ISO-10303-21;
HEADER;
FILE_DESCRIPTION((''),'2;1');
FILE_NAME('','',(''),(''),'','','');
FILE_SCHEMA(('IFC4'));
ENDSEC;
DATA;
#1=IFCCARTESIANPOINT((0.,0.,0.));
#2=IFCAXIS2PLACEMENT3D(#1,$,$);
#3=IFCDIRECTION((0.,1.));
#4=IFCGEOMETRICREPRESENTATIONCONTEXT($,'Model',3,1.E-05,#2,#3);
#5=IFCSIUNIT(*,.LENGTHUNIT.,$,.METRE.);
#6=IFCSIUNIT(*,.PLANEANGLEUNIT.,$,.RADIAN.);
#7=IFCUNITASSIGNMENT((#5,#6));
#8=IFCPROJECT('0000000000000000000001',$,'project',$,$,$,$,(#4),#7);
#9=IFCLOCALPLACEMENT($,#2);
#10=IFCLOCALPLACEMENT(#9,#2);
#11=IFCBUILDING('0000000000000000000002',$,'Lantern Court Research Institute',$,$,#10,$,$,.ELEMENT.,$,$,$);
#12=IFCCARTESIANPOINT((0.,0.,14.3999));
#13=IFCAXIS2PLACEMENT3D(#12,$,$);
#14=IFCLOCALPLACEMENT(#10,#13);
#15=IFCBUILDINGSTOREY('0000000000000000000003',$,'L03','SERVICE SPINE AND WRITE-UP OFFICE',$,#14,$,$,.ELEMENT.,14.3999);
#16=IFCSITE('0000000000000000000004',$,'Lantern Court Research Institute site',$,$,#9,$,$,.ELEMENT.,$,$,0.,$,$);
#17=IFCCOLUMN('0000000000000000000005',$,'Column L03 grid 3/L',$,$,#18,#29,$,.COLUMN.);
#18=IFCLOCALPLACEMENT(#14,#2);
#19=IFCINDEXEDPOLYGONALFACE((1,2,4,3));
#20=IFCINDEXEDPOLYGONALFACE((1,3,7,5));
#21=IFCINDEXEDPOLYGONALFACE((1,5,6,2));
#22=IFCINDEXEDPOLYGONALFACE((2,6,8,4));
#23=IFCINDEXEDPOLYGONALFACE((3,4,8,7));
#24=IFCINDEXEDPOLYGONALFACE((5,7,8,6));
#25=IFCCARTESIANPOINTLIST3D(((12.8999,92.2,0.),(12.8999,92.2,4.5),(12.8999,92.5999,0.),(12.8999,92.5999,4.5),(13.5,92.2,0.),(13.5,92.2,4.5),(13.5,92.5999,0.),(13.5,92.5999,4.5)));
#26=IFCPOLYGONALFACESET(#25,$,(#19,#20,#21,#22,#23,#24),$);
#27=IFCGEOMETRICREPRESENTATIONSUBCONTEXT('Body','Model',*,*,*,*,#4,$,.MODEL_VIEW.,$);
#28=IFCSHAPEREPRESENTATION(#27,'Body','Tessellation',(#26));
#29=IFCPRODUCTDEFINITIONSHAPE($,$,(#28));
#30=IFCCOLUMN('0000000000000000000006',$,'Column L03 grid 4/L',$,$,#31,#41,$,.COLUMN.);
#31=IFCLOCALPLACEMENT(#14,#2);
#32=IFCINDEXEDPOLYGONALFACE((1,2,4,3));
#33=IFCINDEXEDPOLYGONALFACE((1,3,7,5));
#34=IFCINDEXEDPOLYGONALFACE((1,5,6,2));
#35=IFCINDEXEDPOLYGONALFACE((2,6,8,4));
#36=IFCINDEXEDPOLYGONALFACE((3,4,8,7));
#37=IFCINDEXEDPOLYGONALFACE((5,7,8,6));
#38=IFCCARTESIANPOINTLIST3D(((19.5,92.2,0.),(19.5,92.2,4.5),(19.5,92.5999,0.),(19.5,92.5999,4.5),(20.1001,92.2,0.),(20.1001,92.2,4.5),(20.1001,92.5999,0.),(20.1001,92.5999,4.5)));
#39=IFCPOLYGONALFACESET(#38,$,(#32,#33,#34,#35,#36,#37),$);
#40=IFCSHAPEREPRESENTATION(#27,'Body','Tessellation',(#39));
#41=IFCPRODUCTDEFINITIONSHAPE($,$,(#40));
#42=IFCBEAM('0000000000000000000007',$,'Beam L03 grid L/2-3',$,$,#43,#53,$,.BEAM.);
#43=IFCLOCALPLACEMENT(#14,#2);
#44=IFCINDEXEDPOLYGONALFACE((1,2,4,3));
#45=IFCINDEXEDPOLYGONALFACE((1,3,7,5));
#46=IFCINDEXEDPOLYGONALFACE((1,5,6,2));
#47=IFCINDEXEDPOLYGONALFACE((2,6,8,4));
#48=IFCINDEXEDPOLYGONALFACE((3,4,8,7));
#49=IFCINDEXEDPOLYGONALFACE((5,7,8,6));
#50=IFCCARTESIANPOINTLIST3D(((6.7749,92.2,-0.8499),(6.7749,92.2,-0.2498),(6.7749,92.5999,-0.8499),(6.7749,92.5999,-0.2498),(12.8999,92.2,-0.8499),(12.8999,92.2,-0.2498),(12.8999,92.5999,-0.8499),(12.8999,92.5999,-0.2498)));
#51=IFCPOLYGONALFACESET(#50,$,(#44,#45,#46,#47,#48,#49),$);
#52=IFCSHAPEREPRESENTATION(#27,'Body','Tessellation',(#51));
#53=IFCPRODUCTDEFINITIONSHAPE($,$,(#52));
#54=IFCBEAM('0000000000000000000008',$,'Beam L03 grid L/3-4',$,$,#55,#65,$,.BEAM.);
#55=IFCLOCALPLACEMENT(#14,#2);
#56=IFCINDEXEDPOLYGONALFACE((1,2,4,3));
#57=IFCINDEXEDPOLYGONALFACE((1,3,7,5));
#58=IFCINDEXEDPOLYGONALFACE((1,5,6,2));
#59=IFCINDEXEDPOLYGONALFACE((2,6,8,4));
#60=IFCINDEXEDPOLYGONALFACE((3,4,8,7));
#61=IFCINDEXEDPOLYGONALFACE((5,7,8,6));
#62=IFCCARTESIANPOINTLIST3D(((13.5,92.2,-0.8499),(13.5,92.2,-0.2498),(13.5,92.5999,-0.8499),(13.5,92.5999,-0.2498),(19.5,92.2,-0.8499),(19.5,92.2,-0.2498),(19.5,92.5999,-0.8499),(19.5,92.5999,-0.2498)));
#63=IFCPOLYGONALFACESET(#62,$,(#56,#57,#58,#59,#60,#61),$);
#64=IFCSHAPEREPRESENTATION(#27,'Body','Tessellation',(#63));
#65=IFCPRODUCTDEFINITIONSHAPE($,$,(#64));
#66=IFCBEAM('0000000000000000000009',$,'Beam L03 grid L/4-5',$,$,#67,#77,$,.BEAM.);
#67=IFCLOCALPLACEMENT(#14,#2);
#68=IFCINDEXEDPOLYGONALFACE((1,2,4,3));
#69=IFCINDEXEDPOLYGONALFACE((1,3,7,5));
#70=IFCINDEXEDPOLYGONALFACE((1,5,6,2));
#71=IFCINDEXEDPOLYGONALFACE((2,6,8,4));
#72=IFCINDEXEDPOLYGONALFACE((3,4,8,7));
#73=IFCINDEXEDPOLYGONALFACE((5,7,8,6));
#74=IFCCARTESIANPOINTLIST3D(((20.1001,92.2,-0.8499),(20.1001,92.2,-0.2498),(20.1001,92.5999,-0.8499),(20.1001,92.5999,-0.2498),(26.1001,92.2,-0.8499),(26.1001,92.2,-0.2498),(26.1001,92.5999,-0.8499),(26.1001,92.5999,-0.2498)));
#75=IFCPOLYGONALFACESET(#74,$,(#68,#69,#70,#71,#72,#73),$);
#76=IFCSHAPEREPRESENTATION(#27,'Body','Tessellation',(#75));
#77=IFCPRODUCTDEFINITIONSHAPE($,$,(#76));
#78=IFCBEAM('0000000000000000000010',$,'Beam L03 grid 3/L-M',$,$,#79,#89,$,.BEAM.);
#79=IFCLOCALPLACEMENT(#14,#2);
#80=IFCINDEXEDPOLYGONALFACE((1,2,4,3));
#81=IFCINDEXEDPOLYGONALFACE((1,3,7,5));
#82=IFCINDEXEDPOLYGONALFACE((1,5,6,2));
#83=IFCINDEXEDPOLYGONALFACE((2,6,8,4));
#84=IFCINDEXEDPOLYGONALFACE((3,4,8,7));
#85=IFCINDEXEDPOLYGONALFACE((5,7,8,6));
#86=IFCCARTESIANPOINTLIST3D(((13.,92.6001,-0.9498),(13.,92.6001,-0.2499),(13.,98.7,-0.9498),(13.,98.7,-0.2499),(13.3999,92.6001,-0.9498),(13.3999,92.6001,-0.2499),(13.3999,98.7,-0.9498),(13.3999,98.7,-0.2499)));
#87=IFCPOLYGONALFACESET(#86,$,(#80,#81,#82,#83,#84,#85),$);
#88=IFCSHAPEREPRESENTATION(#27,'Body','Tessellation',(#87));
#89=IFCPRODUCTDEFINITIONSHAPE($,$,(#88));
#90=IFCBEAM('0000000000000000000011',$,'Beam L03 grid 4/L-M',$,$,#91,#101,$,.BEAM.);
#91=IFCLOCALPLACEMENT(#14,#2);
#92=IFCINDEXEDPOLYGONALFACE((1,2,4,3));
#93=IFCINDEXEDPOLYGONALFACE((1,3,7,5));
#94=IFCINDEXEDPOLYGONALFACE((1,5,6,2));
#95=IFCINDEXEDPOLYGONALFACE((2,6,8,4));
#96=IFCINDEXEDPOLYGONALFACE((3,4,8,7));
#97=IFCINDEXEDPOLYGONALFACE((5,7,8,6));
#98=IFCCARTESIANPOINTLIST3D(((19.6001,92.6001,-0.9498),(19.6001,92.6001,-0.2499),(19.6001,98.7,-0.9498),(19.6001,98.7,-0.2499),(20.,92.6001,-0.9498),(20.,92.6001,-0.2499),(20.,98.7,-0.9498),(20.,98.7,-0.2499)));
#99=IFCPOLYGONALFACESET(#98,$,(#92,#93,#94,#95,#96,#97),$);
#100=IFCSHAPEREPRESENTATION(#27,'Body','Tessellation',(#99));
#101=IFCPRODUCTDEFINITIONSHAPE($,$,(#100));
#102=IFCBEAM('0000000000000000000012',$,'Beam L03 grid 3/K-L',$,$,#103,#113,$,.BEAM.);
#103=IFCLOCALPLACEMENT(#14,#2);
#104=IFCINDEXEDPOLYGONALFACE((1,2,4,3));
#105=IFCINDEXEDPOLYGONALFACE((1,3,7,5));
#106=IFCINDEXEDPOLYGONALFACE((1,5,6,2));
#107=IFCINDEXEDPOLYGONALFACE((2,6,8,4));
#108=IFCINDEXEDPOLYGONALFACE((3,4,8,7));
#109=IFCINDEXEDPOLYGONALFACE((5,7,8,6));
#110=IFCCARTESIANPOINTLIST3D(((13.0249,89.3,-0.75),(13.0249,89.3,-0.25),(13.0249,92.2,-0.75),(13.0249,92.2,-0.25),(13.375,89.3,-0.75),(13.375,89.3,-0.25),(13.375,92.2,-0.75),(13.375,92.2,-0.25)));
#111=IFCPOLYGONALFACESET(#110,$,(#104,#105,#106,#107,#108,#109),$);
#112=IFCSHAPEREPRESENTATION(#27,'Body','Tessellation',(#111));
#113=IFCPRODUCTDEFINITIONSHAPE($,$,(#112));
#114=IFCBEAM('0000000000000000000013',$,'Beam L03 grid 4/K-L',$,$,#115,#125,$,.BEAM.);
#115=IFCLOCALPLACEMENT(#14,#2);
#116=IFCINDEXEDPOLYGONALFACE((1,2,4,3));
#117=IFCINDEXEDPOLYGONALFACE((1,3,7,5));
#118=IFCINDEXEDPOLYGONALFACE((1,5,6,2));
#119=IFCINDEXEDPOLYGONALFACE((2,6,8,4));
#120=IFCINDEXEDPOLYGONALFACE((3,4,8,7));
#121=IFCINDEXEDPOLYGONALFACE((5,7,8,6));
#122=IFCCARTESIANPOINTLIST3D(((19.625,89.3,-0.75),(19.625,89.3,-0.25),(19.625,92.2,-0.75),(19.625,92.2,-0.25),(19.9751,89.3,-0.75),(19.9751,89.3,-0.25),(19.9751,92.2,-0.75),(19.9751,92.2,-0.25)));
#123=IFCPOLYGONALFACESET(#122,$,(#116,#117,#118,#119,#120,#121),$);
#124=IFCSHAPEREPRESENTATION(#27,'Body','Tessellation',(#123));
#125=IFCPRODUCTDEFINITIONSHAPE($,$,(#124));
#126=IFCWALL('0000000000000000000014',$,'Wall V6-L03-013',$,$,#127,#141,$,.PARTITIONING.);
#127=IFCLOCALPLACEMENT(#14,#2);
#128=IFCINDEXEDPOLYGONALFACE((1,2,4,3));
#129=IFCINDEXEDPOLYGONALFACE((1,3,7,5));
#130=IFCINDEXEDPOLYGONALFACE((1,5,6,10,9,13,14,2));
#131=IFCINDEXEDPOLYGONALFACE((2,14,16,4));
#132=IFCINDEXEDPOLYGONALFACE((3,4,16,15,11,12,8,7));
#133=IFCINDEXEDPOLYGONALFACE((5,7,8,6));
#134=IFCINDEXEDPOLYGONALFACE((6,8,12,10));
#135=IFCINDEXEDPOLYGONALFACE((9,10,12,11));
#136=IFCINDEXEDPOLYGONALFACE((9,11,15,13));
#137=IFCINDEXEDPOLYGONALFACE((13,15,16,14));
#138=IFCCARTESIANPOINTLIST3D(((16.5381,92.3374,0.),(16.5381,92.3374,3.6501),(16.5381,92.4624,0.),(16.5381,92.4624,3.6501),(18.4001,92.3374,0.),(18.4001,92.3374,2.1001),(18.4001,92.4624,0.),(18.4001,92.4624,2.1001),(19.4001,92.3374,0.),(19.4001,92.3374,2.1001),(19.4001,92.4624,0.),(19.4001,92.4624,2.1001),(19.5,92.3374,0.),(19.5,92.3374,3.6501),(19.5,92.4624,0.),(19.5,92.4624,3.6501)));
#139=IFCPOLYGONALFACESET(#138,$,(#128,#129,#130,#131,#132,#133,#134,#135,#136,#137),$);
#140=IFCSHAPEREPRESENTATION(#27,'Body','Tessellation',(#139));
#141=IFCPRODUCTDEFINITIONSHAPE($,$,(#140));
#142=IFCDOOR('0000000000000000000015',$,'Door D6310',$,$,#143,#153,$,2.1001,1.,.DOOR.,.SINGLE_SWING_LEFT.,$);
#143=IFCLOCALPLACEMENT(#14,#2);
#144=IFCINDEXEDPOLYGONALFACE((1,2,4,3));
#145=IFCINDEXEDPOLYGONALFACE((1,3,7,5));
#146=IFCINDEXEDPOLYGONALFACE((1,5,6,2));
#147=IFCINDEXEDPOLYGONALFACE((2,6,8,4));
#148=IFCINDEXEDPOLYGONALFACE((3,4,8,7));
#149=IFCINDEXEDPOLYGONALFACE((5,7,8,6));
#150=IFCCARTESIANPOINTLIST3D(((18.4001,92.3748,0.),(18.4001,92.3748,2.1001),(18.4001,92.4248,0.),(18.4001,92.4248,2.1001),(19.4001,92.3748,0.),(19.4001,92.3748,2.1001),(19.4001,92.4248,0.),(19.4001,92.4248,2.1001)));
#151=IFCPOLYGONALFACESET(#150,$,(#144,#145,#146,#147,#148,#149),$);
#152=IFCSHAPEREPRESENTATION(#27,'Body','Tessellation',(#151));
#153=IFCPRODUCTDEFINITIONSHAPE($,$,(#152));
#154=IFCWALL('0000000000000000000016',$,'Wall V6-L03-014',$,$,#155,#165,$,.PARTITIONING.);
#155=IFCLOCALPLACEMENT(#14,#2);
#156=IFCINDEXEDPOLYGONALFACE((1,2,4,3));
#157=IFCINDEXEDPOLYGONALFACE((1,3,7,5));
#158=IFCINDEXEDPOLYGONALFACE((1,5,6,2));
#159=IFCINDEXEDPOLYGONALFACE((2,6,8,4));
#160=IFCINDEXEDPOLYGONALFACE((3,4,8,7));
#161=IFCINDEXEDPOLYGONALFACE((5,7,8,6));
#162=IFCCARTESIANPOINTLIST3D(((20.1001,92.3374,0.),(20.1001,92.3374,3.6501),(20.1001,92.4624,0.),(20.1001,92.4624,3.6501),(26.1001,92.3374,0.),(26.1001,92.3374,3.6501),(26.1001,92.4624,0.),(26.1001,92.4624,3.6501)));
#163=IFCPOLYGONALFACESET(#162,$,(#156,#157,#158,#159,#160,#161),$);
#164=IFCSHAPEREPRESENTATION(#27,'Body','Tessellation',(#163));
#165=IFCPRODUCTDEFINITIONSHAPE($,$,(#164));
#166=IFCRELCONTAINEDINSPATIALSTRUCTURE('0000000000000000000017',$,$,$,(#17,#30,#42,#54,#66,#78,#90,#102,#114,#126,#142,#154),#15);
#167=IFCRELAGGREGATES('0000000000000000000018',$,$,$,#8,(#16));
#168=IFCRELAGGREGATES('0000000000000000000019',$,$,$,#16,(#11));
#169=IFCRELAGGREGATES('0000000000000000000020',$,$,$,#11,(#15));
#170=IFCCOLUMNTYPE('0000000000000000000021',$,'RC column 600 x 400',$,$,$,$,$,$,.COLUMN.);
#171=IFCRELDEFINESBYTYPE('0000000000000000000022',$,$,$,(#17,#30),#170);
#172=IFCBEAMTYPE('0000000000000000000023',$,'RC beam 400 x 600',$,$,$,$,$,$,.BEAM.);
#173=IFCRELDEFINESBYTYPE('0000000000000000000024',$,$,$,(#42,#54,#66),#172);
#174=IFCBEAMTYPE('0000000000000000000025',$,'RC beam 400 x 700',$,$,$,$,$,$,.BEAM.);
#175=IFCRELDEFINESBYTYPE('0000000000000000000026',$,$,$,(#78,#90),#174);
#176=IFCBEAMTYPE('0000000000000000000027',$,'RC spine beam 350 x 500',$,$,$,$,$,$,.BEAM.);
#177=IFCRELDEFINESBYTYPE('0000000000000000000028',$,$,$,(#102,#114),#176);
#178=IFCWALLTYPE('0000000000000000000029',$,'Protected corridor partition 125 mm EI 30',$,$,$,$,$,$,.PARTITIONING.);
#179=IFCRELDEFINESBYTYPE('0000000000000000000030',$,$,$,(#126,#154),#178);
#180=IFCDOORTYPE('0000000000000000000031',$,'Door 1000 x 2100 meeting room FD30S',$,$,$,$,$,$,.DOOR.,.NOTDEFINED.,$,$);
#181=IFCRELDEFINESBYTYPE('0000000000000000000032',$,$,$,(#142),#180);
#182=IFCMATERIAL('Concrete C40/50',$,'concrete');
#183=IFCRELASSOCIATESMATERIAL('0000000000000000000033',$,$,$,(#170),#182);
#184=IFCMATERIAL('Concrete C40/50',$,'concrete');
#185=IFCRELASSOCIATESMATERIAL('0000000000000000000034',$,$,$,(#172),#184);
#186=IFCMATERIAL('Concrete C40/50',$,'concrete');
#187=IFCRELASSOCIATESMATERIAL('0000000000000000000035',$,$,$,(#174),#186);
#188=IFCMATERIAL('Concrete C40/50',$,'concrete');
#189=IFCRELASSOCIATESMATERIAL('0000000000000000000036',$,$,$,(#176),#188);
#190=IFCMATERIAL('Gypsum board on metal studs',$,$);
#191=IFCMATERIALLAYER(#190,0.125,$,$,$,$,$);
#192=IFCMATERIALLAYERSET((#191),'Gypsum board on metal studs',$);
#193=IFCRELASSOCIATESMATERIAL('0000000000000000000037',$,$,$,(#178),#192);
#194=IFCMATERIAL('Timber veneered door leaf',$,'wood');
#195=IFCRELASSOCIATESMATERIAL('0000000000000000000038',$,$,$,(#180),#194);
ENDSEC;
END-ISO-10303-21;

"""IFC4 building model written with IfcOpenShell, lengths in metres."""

from ifc_helpers import new_model, si_unit, direction, frame, frame_2d, origin, origin_2d, place, context, subcontext, project, spatial, rectangle, extrude, material, layer, layer_set, material_profile, profile_set, type_object, element, fill, save


model = new_model("IFC4")

# Units and contexts
model_context = context("Model", 3, precision=1e-05, world=origin(), true_north=direction((0.0, 1.0)))
body_context = subcontext(model_context, "Body", "Model", "MODEL_VIEW")
ifc_project = project(units=[si_unit("LENGTHUNIT", "METRE"), si_unit("PLANEANGLEUNIT", "RADIAN")], contexts=[model_context])

# Site, building, storey
site_placement = place(None, origin())
site = spatial("IfcSite", under=ifc_project, at=site_placement, Name="Lantern Court Research Institute site", CompositionType="ELEMENT", RefElevation=0.0)
building_placement = place(site_placement, origin())
building = spatial("IfcBuilding", under=site, at=building_placement, Name="Lantern Court Research Institute", CompositionType="ELEMENT")
storey_placement = place(building_placement, frame((0.0, 0.0, 14.3999)))
storey = spatial("IfcBuildingStorey", under=building, at=storey_placement, Name="L03", Description="SERVICE SPINE AND WRITE-UP OFFICE", CompositionType="ELEMENT", Elevation=14.3999)

# Columns
ifc_material_1 = material(Name="Concrete C40/50", Category="concrete")
ifc_material_profile_1 = material_profile(ifc_material_1, rectangle(XDim=0.6001, YDim=0.3999, at=origin_2d()), Name="RC column 600 x 400")
ifc_profile_set_1 = profile_set([ifc_material_profile_1], Name="Concrete C40/50")
column_type = type_object("IfcColumnType", Name="RC column 600 x 400", PredefinedType="COLUMN", material=ifc_profile_set_1)
for number, where, z_axis, x_axis, name in (
    (1, (13.2, 92.3999, 0.0), (0.0, 0.0, 1.0), (1.0, 0.0, 0.0), "Column L03 grid 3/L"),
    (2, (19.8, 92.3999, 0.0), (0.0, 0.0, 1.0), (1.0, 0.0, 0.0), "Column L03 grid 4/L"),
):
    element("IfcColumn", number, at=place(storey_placement, frame(where, z_axis=z_axis, x_axis=x_axis)), inside=storey, type_object=column_type, Name=name, PredefinedType="COLUMN", context=body_context, shape_type="SweptSolid", body=[
        extrude(rectangle(XDim=0.6001, YDim=0.3999, at=origin_2d()), origin(), (0.0, 0.0, 1.0), 4.5),
    ])

# Beams
ifc_material_2 = material(Name="Concrete C40/50", Category="concrete")
ifc_material_profile_2 = material_profile(ifc_material_2, rectangle(XDim=0.3999, YDim=0.6001, at=origin_2d()), Name="RC beam 400 x 600")
ifc_profile_set_2 = profile_set([ifc_material_profile_2], Name="Concrete C40/50")
beam_type_1 = type_object("IfcBeamType", Name="RC beam 400 x 600", PredefinedType="BEAM", material=ifc_profile_set_2)
beam_placement = place(storey_placement, frame((6.7749, 92.3999, -0.5498), z_axis=(1.0, 0.0, 0.0), x_axis=(0.0, 1.0, 0.0)))
element("IfcBeam", 3, at=beam_placement, inside=storey, type_object=beam_type_1, Name="Beam L03 grid L/2-3", PredefinedType="BEAM", context=body_context, shape_type="SweptSolid", body=[
    extrude(rectangle(XDim=0.3999, YDim=0.6001, at=origin_2d()), origin(), (0.0, 0.0, 1.0), 6.125),
])
for number, where, z_axis, x_axis, name in (
    (4, (13.5, 92.3999, -0.5498), (1.0, 0.0, 0.0), (0.0, 1.0, 0.0), "Beam L03 grid L/3-4"),
    (5, (20.1001, 92.3999, -0.5498), (1.0, 0.0, 0.0), (0.0, 1.0, 0.0), "Beam L03 grid L/4-5"),
):
    element("IfcBeam", number, at=place(storey_placement, frame(where, z_axis=z_axis, x_axis=x_axis)), inside=storey, type_object=beam_type_1, Name=name, PredefinedType="BEAM", context=body_context, shape_type="SweptSolid", body=[
        extrude(rectangle(XDim=0.3999, YDim=0.6001, at=origin_2d()), origin(), (0.0, 0.0, 1.0), 6.0),
    ])
ifc_material_3 = material(Name="Concrete C40/50", Category="concrete")
ifc_material_profile_3 = material_profile(ifc_material_3, rectangle(XDim=0.3999, YDim=0.7, at=origin_2d()), Name="RC beam 400 x 700")
ifc_profile_set_3 = profile_set([ifc_material_profile_3], Name="Concrete C40/50")
beam_type_2 = type_object("IfcBeamType", Name="RC beam 400 x 700", PredefinedType="BEAM", material=ifc_profile_set_3)
for number, where, z_axis, x_axis, name in (
    (6, (13.2, 92.6001, -0.5999), (0.0, 1.0, 0.0), (-1.0, 0.0, 0.0), "Beam L03 grid 3/L-M"),
    (7, (19.8, 92.6001, -0.5999), (0.0, 1.0, 0.0), (-1.0, 0.0, 0.0), "Beam L03 grid 4/L-M"),
):
    element("IfcBeam", number, at=place(storey_placement, frame(where, z_axis=z_axis, x_axis=x_axis)), inside=storey, type_object=beam_type_2, Name=name, PredefinedType="BEAM", context=body_context, shape_type="SweptSolid", body=[
        extrude(rectangle(XDim=0.3999, YDim=0.7, at=origin_2d()), origin(), (0.0, 0.0, 1.0), 6.0999),
    ])
ifc_material_4 = material(Name="Concrete C40/50", Category="concrete")
ifc_material_profile_4 = material_profile(ifc_material_4, rectangle(XDim=0.3501, YDim=0.5, at=origin_2d()), Name="RC beam 350 x 500")
ifc_profile_set_4 = profile_set([ifc_material_profile_4], Name="Concrete C40/50")
beam_type_3 = type_object("IfcBeamType", Name="RC spine beam 350 x 500", PredefinedType="BEAM", material=ifc_profile_set_4)
for number, where, z_axis, x_axis, name in (
    (8, (13.2, 89.3, -0.5), (0.0, 1.0, 0.0), (-1.0, 0.0, 0.0), "Beam L03 grid 3/K-L"),
    (9, (19.8, 89.3, -0.5), (0.0, 1.0, 0.0), (-1.0, 0.0, 0.0), "Beam L03 grid 4/K-L"),
):
    element("IfcBeam", number, at=place(storey_placement, frame(where, z_axis=z_axis, x_axis=x_axis)), inside=storey, type_object=beam_type_3, Name=name, PredefinedType="BEAM", context=body_context, shape_type="SweptSolid", body=[
        extrude(rectangle(XDim=0.3501, YDim=0.5, at=origin_2d()), origin(), (0.0, 0.0, 1.0), 2.8999),
    ])

# Wall, opening, door
ifc_material_5 = material(Name="Gypsum board on metal studs")
ifc_layer_1 = layer(ifc_material_5, 0.125)
ifc_layer_set_1 = layer_set([ifc_layer_1], Name="Gypsum board on metal studs")
wall_type_1 = type_object("IfcWallType", Name="Protected corridor partition 125 mm EI 30", PredefinedType="PARTITIONING", material=ifc_layer_set_1)
wall_1_placement = place(storey_placement, frame((16.5381, 92.3999, 0.0), z_axis=(0.0, 0.0, 1.0), x_axis=(1.0, 0.0, 0.0)))
wall_1 = element("IfcWall", 10, at=wall_1_placement, inside=storey, type_object=wall_type_1, Name="Wall V6-L03-013", PredefinedType="PARTITIONING", context=body_context, shape_type="SweptSolid", body=[
    extrude(rectangle(XDim=2.9619, YDim=0.125, at=frame_2d((1.481, 0.0))), origin(), (0.0, 0.0, 1.0), 3.6501),
])
opening_1_placement = place(wall_1_placement, frame((1.8621, 0.0, 0.0)))
opening_1 = element("IfcOpeningElement", 11, at=opening_1_placement, cuts=wall_1, PredefinedType="OPENING", context=body_context, shape_type="SweptSolid", body=[
    extrude(rectangle(XDim=1.0, YDim=2.1001, at=frame_2d((0.5, 1.05))), frame((0.0, 0.0725, 0.0), z_axis=(0.0, -1.0, 0.0), x_axis=(1.0, 0.0, 0.0)), (0.0, 0.0, 1.0), 0.145),
])
ifc_material_6 = material(Name="Timber veneered door leaf", Category="wood")
door_type_1 = type_object("IfcDoorType", Name="Door 1000 x 2100 meeting room FD30S", OperationType="NOTDEFINED", PredefinedType="DOOR", material=ifc_material_6)
door_1_placement = place(opening_1_placement, origin())
door_1 = element("IfcDoor", 12, at=door_1_placement, inside=storey, type_object=door_type_1, Name="Door D6310", OperationType="SINGLE_SWING_LEFT", OverallHeight=2.1001, OverallWidth=1.0, PredefinedType="DOOR", context=body_context, shape_type="SweptSolid", body=[
    extrude(rectangle(XDim=1.0, YDim=2.1001, at=frame_2d((0.5, 1.05))), frame((0.0, 0.0249, 0.0), z_axis=(0.0, -1.0, 0.0), x_axis=(1.0, 0.0, 0.0)), (0.0, 0.0, 1.0), 0.05),
])
fill(opening_1, door_1)

# Wall
wall_2_placement = place(storey_placement, frame((20.1001, 92.3999, 0.0), z_axis=(0.0, 0.0, 1.0), x_axis=(1.0, 0.0, 0.0)))
element("IfcWall", 13, at=wall_2_placement, inside=storey, type_object=wall_type_1, Name="Wall V6-L03-014", PredefinedType="PARTITIONING", context=body_context, shape_type="SweptSolid", body=[
    extrude(rectangle(XDim=6.0, YDim=0.125, at=frame_2d((3.0, 0.0))), origin(), (0.0, 0.0, 1.0), 3.6501),
])

save(model, "model.ifc")
